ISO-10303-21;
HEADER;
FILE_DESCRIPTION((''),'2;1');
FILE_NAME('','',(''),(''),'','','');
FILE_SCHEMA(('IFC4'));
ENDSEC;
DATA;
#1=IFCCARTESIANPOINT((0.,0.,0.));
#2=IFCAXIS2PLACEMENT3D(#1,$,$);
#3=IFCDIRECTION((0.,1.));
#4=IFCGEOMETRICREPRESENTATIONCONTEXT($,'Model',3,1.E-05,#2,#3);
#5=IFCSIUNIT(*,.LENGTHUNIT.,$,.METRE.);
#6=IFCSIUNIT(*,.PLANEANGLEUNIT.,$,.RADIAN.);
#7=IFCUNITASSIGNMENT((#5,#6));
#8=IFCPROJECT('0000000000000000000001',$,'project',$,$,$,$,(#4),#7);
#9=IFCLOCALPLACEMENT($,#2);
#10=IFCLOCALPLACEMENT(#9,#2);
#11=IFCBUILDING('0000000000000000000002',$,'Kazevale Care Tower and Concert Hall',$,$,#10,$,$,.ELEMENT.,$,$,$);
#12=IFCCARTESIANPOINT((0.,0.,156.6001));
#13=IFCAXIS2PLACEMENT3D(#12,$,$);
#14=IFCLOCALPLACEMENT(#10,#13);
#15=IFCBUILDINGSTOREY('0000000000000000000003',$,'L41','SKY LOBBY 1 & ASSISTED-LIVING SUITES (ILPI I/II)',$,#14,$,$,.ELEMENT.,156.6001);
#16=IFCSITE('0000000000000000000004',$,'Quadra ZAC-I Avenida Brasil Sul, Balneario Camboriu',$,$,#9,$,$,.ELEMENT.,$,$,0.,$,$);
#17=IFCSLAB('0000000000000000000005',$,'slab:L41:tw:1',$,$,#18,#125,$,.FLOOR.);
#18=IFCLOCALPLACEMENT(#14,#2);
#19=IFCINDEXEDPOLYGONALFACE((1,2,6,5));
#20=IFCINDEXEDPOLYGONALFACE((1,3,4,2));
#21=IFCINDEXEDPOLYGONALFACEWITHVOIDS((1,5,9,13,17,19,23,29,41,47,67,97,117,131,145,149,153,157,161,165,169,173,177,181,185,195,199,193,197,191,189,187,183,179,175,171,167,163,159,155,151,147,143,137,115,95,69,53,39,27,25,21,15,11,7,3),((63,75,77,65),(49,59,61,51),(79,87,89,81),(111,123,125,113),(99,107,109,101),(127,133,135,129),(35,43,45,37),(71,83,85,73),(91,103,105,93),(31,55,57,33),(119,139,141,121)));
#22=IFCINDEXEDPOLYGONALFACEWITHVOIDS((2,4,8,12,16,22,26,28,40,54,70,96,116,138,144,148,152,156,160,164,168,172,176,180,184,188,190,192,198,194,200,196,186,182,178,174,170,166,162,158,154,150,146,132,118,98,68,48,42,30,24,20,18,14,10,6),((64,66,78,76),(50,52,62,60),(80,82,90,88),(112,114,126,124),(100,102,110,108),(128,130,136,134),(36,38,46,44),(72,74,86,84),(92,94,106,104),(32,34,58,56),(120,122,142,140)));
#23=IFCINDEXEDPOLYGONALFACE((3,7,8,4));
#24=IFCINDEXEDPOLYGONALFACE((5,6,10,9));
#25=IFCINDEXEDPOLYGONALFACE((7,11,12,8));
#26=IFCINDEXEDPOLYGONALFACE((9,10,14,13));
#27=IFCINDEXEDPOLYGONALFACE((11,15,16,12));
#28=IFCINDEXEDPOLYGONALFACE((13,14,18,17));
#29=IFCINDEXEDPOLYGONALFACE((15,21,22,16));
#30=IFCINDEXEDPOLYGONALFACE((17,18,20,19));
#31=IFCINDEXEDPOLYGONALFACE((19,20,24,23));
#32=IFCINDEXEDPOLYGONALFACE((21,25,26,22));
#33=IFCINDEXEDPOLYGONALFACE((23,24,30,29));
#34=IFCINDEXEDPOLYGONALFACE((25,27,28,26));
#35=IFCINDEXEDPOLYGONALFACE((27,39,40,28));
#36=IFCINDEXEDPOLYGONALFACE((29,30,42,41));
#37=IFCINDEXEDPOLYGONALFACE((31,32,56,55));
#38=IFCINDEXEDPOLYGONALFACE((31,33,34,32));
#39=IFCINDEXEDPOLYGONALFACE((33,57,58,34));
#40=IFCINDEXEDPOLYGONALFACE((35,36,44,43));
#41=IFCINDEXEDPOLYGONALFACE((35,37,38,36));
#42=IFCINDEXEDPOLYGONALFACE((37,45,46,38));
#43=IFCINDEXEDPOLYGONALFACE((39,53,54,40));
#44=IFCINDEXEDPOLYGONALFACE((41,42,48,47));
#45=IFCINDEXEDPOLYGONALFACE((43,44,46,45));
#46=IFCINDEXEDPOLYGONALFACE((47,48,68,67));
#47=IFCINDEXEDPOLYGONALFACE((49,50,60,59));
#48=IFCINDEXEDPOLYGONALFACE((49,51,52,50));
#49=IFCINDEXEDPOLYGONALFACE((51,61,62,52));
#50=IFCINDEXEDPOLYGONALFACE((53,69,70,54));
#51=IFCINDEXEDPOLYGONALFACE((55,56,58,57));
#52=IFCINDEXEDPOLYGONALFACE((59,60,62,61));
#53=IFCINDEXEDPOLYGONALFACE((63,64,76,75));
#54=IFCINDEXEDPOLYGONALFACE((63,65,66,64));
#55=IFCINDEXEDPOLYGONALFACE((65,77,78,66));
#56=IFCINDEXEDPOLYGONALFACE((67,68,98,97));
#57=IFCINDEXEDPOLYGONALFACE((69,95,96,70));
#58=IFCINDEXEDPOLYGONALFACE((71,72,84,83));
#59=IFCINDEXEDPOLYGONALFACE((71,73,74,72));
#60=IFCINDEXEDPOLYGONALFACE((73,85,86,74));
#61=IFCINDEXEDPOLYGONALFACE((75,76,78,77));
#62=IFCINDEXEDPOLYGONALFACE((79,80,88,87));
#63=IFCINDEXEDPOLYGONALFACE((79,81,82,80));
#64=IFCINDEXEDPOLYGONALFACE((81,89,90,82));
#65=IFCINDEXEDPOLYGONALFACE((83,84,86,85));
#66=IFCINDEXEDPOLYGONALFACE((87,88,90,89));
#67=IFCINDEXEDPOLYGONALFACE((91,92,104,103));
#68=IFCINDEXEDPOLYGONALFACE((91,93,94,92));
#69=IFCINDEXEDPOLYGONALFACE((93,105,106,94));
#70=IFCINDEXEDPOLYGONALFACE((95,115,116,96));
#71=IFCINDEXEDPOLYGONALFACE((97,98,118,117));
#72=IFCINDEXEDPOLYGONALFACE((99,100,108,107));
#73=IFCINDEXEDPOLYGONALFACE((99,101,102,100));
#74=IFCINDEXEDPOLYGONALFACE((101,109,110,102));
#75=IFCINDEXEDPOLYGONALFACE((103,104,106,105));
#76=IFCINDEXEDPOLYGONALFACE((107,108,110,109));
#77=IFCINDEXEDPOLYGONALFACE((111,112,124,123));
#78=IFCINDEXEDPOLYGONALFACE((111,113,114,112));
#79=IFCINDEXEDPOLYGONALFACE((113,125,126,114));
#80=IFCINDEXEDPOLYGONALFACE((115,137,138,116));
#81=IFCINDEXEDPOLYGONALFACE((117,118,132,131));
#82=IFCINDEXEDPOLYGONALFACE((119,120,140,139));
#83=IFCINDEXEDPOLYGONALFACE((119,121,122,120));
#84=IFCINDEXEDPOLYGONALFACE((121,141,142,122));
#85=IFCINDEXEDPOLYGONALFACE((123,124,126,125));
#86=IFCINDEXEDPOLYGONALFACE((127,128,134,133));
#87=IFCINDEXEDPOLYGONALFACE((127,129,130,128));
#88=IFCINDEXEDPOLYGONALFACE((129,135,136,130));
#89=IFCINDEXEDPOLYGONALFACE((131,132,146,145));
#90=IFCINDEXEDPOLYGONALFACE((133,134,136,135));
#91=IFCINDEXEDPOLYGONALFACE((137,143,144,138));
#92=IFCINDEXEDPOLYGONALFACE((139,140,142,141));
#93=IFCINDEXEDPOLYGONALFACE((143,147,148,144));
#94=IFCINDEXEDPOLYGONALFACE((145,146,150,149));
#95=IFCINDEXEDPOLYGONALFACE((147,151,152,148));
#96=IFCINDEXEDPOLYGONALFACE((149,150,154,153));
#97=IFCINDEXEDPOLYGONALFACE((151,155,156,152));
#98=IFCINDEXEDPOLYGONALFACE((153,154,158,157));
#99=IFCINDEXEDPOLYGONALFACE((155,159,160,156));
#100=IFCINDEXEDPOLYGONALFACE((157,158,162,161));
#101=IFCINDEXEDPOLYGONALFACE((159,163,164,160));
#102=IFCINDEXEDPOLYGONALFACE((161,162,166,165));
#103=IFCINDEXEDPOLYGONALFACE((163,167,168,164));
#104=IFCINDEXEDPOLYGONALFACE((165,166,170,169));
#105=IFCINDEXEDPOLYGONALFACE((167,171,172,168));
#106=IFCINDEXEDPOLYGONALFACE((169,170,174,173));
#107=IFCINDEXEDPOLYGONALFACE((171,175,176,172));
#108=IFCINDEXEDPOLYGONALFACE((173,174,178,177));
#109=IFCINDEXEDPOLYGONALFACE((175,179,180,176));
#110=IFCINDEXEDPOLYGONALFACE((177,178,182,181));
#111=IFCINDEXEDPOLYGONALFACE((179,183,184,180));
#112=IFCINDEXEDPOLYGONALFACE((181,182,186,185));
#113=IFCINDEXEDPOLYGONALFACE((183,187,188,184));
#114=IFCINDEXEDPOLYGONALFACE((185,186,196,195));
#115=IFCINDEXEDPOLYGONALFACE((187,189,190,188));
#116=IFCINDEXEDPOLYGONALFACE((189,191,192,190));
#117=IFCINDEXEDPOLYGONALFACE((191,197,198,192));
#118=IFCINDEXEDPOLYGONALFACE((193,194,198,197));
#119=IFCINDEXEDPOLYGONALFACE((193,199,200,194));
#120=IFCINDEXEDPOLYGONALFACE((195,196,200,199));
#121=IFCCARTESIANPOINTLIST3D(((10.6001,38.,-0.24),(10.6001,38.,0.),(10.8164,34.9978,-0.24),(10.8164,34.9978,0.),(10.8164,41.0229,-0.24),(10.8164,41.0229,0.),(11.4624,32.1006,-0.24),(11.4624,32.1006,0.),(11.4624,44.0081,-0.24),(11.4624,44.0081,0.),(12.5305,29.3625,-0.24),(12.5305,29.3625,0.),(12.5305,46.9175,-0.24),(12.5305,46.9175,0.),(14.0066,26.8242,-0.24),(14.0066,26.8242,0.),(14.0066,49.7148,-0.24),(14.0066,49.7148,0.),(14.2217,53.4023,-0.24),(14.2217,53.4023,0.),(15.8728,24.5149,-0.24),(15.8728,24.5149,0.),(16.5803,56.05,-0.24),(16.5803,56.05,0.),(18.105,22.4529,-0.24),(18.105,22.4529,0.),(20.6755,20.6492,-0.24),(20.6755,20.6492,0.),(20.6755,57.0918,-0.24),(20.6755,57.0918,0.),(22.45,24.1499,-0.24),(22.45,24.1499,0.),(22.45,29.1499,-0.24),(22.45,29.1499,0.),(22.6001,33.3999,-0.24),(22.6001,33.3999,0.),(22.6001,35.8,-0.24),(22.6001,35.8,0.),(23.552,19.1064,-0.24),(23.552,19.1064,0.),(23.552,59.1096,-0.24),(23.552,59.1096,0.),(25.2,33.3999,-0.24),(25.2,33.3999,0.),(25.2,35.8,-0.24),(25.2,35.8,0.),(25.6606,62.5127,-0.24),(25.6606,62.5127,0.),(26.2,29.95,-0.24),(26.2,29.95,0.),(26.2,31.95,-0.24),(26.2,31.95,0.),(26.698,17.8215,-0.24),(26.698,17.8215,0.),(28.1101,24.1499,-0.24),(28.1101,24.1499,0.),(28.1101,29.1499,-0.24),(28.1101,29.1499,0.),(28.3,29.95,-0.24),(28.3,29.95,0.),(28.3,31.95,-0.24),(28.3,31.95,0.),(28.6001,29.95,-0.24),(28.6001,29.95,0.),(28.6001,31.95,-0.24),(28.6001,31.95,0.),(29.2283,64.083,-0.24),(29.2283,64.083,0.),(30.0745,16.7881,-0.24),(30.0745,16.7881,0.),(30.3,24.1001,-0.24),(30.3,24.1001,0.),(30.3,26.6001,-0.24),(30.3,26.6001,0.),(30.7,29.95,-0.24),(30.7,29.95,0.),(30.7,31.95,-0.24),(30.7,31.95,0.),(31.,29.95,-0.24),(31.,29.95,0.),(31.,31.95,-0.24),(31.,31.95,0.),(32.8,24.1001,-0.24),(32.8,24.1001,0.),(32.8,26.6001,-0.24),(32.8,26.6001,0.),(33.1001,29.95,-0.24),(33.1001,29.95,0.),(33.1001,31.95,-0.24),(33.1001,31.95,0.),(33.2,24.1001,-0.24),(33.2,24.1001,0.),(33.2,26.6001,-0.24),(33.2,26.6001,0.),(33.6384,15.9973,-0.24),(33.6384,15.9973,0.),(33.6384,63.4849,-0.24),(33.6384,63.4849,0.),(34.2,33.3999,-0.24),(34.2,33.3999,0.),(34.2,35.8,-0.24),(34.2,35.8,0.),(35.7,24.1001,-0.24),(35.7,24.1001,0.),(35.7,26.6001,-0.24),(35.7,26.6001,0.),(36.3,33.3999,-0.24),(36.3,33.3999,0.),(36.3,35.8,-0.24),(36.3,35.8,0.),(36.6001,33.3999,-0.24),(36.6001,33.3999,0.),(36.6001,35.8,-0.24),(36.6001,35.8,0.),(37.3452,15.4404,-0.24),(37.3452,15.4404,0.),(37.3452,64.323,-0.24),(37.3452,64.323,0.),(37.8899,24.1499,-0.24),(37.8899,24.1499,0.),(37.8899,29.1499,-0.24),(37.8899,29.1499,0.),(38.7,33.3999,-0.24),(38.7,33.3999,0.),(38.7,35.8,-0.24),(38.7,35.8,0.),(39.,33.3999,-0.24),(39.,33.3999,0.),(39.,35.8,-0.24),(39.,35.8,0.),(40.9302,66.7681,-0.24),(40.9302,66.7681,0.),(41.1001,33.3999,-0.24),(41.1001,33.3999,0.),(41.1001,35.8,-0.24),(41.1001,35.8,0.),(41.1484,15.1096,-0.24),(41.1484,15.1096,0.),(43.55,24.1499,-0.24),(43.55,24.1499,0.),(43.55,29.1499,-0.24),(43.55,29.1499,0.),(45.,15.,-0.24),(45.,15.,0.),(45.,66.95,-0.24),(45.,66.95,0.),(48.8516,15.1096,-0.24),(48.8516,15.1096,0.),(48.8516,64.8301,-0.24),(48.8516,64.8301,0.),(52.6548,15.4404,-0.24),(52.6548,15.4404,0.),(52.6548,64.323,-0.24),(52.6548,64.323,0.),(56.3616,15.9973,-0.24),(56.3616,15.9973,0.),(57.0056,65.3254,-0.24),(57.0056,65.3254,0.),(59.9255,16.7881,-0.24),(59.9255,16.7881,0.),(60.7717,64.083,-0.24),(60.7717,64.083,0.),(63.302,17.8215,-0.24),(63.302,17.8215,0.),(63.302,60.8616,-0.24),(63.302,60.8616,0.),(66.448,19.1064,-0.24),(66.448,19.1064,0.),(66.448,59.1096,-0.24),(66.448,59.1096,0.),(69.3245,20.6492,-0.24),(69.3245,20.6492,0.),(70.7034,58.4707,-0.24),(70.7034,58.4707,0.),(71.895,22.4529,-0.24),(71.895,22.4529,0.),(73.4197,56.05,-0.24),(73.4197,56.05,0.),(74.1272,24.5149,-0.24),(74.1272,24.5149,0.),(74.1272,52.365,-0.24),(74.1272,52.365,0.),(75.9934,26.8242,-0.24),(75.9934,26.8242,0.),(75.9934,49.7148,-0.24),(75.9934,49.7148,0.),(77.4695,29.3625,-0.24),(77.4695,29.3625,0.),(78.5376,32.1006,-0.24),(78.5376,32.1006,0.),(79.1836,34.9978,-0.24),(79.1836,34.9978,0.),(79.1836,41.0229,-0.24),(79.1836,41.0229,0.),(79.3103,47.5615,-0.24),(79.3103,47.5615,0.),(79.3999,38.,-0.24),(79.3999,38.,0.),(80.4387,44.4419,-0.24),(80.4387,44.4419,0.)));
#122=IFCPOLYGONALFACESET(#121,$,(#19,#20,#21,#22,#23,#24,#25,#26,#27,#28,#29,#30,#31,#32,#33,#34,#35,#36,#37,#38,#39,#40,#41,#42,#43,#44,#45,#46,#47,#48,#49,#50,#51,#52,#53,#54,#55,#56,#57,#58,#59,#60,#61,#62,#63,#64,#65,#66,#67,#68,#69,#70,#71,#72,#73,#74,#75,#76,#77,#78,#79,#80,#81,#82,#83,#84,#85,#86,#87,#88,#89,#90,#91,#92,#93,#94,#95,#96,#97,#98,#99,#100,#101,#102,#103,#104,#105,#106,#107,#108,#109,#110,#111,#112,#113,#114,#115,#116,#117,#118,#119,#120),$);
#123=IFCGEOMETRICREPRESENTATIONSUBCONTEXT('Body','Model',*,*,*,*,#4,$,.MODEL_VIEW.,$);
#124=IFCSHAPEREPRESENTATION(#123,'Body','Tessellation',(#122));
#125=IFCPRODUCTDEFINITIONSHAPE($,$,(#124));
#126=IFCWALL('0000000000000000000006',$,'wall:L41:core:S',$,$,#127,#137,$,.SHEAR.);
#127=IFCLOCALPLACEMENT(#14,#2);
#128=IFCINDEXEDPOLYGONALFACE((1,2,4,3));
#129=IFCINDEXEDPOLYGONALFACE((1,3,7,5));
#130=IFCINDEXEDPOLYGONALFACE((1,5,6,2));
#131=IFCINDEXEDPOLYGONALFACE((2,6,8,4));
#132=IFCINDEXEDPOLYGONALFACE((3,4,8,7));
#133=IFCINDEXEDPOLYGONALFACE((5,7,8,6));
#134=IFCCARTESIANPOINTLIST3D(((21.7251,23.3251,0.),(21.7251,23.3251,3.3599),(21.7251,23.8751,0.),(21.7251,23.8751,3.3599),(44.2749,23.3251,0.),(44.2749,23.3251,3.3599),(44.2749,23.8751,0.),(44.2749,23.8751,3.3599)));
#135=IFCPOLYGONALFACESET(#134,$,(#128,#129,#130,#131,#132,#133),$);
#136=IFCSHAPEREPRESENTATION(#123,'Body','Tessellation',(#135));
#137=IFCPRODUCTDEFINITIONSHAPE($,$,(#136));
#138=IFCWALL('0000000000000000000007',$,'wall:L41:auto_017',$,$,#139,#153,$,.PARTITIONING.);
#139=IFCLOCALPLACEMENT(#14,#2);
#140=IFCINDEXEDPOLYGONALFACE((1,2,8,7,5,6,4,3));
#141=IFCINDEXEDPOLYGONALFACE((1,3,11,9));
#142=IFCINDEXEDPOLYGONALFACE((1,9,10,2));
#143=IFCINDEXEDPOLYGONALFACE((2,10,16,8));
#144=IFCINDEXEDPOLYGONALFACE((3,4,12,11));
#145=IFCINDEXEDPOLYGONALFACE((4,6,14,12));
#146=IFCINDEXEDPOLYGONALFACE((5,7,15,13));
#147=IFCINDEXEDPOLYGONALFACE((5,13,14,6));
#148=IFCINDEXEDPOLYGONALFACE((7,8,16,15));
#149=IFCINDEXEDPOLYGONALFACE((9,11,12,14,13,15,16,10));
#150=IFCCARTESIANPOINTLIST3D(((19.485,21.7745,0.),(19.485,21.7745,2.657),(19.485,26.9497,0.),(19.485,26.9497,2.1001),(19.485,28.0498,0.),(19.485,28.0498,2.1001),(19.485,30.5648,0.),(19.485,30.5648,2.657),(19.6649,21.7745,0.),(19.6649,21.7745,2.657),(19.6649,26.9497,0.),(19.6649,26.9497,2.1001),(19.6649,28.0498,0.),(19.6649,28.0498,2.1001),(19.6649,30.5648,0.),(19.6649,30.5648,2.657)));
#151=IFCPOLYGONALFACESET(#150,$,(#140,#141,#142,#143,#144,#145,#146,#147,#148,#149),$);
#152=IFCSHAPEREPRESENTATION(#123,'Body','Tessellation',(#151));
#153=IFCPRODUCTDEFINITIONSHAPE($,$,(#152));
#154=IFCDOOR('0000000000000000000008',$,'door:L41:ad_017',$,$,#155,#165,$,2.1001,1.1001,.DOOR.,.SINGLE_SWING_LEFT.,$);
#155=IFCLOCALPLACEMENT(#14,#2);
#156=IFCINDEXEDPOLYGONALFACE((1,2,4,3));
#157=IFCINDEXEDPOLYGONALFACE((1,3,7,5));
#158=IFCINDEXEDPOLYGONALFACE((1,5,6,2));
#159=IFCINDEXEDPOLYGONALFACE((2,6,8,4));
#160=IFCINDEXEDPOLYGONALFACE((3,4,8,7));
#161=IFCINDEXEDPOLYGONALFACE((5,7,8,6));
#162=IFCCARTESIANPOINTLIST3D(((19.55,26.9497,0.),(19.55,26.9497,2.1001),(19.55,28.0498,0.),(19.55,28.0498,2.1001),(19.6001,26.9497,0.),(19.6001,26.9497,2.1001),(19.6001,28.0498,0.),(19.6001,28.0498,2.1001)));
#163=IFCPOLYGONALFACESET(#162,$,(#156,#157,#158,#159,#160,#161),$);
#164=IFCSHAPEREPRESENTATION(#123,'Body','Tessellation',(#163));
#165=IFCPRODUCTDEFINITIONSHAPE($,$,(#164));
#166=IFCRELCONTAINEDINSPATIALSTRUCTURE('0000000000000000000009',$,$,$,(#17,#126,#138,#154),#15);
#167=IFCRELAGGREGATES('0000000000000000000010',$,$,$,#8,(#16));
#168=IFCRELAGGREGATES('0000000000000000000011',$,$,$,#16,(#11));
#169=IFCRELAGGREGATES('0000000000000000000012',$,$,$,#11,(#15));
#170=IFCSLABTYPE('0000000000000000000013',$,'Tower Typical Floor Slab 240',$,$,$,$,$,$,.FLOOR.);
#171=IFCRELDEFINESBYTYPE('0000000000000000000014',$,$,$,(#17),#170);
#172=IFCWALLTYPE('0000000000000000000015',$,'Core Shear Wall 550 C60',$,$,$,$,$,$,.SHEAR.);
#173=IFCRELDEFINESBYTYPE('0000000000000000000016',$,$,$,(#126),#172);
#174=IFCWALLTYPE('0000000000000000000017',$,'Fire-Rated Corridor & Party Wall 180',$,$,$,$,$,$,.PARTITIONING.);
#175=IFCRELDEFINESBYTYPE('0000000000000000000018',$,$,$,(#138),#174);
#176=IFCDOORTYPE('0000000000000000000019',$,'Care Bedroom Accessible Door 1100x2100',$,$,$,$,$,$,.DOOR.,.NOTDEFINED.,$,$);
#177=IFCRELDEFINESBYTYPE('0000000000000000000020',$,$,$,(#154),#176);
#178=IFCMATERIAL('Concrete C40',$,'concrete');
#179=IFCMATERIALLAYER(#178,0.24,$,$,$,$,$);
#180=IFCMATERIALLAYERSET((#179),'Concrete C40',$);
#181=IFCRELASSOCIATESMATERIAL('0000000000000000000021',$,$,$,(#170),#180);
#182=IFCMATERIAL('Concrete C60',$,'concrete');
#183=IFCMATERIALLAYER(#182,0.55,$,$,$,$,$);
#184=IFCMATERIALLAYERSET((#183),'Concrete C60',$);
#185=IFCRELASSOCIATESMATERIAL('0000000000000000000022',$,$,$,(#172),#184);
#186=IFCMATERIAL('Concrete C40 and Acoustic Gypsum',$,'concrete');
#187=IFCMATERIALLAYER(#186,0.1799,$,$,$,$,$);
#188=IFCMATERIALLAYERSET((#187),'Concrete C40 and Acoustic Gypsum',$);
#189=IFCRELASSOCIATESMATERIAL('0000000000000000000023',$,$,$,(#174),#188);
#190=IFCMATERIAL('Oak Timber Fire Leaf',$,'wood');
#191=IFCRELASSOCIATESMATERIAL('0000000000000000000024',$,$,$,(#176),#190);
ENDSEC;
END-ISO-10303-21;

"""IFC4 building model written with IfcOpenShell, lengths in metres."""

from ifc_helpers import new_model, si_unit, direction, frame, frame_2d, origin, place, context, subcontext, project, spatial, polyline, rectangle, outline, extrude, material, layer, layer_set, type_object, element, fill, save


model = new_model("IFC4")

# Units and contexts
model_context = context("Model", 3, precision=1e-05, world=origin(), true_north=direction((0.0, 1.0)))
body_context = subcontext(model_context, "Body", "Model", "MODEL_VIEW")
ifc_project = project(units=[si_unit("LENGTHUNIT", "METRE"), si_unit("PLANEANGLEUNIT", "RADIAN")], contexts=[model_context])

# Site, building, storey
site_placement = place(None, origin())
site = spatial("IfcSite", under=ifc_project, at=site_placement, Name="Quadra ZAC-I Avenida Brasil Sul, Balneario Camboriu", CompositionType="ELEMENT", RefElevation=0.0)
building_placement = place(site_placement, origin())
building = spatial("IfcBuilding", under=site, at=building_placement, Name="Kazevale Care Tower and Concert Hall", CompositionType="ELEMENT")
storey_placement = place(building_placement, frame((0.0, 0.0, 156.6001)))
storey = spatial("IfcBuildingStorey", under=building, at=storey_placement, Name="L41", Description="SKY LOBBY 1 & ASSISTED-LIVING SUITES (ILPI I/II)", CompositionType="ELEMENT", Elevation=156.6001)

# Shared definitions
ifc_material_1 = material(Name="Concrete C60", Category="concrete")

# Shared definitions
ifc_material_2 = material(Name="Concrete C40", Category="concrete")

# Slab
ifc_layer_1 = layer(ifc_material_2, 0.24)
ifc_layer_set_1 = layer_set([ifc_layer_1], Name="Concrete C40")
slab_type_1 = type_object("IfcSlabType", Name="Tower Typical Floor Slab 240", PredefinedType="FLOOR", material=ifc_layer_set_1)
slab_1_placement = place(storey_placement, frame((0.0, 0.0, -0.24)))
element("IfcSlab", 1, at=slab_1_placement, inside=storey, type_object=slab_type_1, Name="slab:L41:tw:1", PredefinedType="FLOOR", context=body_context, shape_type="SweptSolid", body=[
    extrude(outline(polyline([(79.3999, 38.0), (79.1836, 41.0229), (80.4387, 44.4419), (79.3103, 47.5615), (75.9934, 49.7148), (74.1272, 52.365), (73.4197, 56.05), (70.7034, 58.4707), (66.448, 59.1096), (63.302, 60.8616), (60.7717, 64.083), (57.0056, 65.3254), (52.6548, 64.323), (48.8516, 64.8301), (45.0, 66.95), (40.9302, 66.7681), (37.3452, 64.323), (33.6384, 63.4849), (29.2283, 64.083), (25.6606, 62.5127), (23.552, 59.1096), (20.6755, 57.0918), (16.5803, 56.05), (14.2217, 53.4023), (14.0066, 49.7148), (12.5305, 46.9175), (11.4624, 44.0081), (10.8164, 41.0229), (10.6001, 38.0), (10.8164, 34.9978), (11.4624, 32.1006), (12.5305, 29.3625), (14.0066, 26.8242), (15.8728, 24.5149), (18.105, 22.4529), (20.6755, 20.6492), (23.552, 19.1064), (26.698, 17.8215), (30.0745, 16.7881), (33.6384, 15.9973), (37.3452, 15.4404), (41.1484, 15.1096), (45.0, 15.0), (48.8516, 15.1096), (52.6548, 15.4404), (56.3616, 15.9973), (59.9255, 16.7881), (63.302, 17.8215), (66.448, 19.1064), (69.3245, 20.6492), (71.895, 22.4529), (74.1272, 24.5149), (75.9934, 26.8242), (77.4695, 29.3625), (78.5376, 32.1006), (79.1836, 34.9978), (79.3999, 38.0)]), holes=[polyline([(22.45, 24.1499), (28.1101, 24.1499), (28.1101, 29.1499), (22.45, 29.1499), (22.45, 24.1499)]), polyline([(37.8899, 24.1499), (43.55, 24.1499), (43.55, 29.1499), (37.8899, 29.1499), (37.8899, 24.1499)]), polyline([(30.3, 24.1001), (32.8, 24.1001), (32.8, 26.6001), (30.3, 26.6001), (30.3, 24.1001)]), polyline([(33.2, 24.1001), (35.7, 24.1001), (35.7, 26.6001), (33.2, 26.6001), (33.2, 24.1001)]), polyline([(22.6001, 33.3999), (25.2, 33.3999), (25.2, 35.8), (22.6001, 35.8), (22.6001, 33.3999)]), polyline([(34.2, 33.3999), (36.3, 33.3999), (36.3, 35.8), (34.2, 35.8), (34.2, 33.3999)]), polyline([(36.6001, 33.3999), (38.7, 33.3999), (38.7, 35.8), (36.6001, 35.8), (36.6001, 33.3999)]), polyline([(39.0, 33.3999), (41.1001, 33.3999), (41.1001, 35.8), (39.0, 35.8), (39.0, 33.3999)]), polyline([(26.2, 29.95), (28.3, 29.95), (28.3, 31.95), (26.2, 31.95), (26.2, 29.95)]), polyline([(28.6001, 29.95), (30.7, 29.95), (30.7, 31.95), (28.6001, 31.95), (28.6001, 29.95)]), polyline([(31.0, 29.95), (33.1001, 29.95), (33.1001, 31.95), (31.0, 31.95), (31.0, 29.95)])]), origin(), (0.0, 0.0, 1.0), 0.24),
])

# Wall
ifc_layer_2 = layer(ifc_material_1, 0.55)
ifc_layer_set_2 = layer_set([ifc_layer_2], Name="Concrete C60")
wall_type_1 = type_object("IfcWallType", Name="Core Shear Wall 550 C60", PredefinedType="SHEAR", material=ifc_layer_set_2)
wall_1_placement = place(storey_placement, frame((21.7251, 23.6001, 0.0), z_axis=(0.0, 0.0, 1.0), x_axis=(1.0, 0.0, 0.0)))
element("IfcWall", 2, at=wall_1_placement, inside=storey, type_object=wall_type_1, Name="wall:L41:core:S", PredefinedType="SHEAR", context=body_context, shape_type="SweptSolid", body=[
    extrude(rectangle(XDim=22.5498, YDim=0.55, at=frame_2d((11.2749, 0.0))), origin(), (0.0, 0.0, 1.0), 3.3599),
])

# Wall, opening, door
ifc_material_3 = material(Name="Concrete C40 and Acoustic Gypsum", Category="concrete")
ifc_layer_3 = layer(ifc_material_3, 0.1799)
ifc_layer_set_3 = layer_set([ifc_layer_3], Name="Concrete C40 and Acoustic Gypsum")
wall_type_2 = type_object("IfcWallType", Name="Fire-Rated Corridor & Party Wall 180", PredefinedType="PARTITIONING", material=ifc_layer_set_3)
wall_2_placement = place(storey_placement, frame((19.575, 21.7747, 0.0), z_axis=(0.0, 0.0, 1.0), x_axis=(0.0, 1.0, 0.0)))
wall_2 = element("IfcWall", 3, at=wall_2_placement, inside=storey, type_object=wall_type_2, Name="wall:L41:auto_017", PredefinedType="PARTITIONING", context=body_context, shape_type="SweptSolid", body=[
    extrude(rectangle(XDim=8.7903, YDim=0.1799, at=frame_2d((4.395, 0.0))), origin(), (0.0, 0.0, 1.0), 2.657),
])
opening_placement = place(wall_2_placement, frame((5.175, 0.0, 0.0)))
opening = element("IfcOpeningElement", 4, at=opening_placement, cuts=wall_2, PredefinedType="OPENING", context=body_context, shape_type="SweptSolid", body=[
    extrude(rectangle(XDim=1.1001, YDim=2.1001, at=frame_2d((0.55, 1.05))), frame((0.0, 0.0999, 0.0), z_axis=(0.0, -1.0, 0.0), x_axis=(1.0, 0.0, 0.0)), (0.0, 0.0, 1.0), 0.2),
])
ifc_material_4 = material(Name="Oak Timber Fire Leaf", Category="wood")
door_type = type_object("IfcDoorType", Name="Care Bedroom Accessible Door 1100x2100", OperationType="NOTDEFINED", PredefinedType="DOOR", material=ifc_material_4)
door_placement = place(opening_placement, origin())
door = element("IfcDoor", 5, at=door_placement, inside=storey, type_object=door_type, Name="door:L41:ad_017", OperationType="SINGLE_SWING_LEFT", OverallHeight=2.1001, OverallWidth=1.1001, PredefinedType="DOOR", context=body_context, shape_type="SweptSolid", body=[
    extrude(rectangle(XDim=1.1001, YDim=2.1001, at=frame_2d((0.55, 1.05))), frame((0.0, 0.0249, 0.0), z_axis=(0.0, -1.0, 0.0), x_axis=(1.0, 0.0, 0.0)), (0.0, 0.0, 1.0), 0.05),
])
fill(opening, door)

save(model, "model.ifc")
